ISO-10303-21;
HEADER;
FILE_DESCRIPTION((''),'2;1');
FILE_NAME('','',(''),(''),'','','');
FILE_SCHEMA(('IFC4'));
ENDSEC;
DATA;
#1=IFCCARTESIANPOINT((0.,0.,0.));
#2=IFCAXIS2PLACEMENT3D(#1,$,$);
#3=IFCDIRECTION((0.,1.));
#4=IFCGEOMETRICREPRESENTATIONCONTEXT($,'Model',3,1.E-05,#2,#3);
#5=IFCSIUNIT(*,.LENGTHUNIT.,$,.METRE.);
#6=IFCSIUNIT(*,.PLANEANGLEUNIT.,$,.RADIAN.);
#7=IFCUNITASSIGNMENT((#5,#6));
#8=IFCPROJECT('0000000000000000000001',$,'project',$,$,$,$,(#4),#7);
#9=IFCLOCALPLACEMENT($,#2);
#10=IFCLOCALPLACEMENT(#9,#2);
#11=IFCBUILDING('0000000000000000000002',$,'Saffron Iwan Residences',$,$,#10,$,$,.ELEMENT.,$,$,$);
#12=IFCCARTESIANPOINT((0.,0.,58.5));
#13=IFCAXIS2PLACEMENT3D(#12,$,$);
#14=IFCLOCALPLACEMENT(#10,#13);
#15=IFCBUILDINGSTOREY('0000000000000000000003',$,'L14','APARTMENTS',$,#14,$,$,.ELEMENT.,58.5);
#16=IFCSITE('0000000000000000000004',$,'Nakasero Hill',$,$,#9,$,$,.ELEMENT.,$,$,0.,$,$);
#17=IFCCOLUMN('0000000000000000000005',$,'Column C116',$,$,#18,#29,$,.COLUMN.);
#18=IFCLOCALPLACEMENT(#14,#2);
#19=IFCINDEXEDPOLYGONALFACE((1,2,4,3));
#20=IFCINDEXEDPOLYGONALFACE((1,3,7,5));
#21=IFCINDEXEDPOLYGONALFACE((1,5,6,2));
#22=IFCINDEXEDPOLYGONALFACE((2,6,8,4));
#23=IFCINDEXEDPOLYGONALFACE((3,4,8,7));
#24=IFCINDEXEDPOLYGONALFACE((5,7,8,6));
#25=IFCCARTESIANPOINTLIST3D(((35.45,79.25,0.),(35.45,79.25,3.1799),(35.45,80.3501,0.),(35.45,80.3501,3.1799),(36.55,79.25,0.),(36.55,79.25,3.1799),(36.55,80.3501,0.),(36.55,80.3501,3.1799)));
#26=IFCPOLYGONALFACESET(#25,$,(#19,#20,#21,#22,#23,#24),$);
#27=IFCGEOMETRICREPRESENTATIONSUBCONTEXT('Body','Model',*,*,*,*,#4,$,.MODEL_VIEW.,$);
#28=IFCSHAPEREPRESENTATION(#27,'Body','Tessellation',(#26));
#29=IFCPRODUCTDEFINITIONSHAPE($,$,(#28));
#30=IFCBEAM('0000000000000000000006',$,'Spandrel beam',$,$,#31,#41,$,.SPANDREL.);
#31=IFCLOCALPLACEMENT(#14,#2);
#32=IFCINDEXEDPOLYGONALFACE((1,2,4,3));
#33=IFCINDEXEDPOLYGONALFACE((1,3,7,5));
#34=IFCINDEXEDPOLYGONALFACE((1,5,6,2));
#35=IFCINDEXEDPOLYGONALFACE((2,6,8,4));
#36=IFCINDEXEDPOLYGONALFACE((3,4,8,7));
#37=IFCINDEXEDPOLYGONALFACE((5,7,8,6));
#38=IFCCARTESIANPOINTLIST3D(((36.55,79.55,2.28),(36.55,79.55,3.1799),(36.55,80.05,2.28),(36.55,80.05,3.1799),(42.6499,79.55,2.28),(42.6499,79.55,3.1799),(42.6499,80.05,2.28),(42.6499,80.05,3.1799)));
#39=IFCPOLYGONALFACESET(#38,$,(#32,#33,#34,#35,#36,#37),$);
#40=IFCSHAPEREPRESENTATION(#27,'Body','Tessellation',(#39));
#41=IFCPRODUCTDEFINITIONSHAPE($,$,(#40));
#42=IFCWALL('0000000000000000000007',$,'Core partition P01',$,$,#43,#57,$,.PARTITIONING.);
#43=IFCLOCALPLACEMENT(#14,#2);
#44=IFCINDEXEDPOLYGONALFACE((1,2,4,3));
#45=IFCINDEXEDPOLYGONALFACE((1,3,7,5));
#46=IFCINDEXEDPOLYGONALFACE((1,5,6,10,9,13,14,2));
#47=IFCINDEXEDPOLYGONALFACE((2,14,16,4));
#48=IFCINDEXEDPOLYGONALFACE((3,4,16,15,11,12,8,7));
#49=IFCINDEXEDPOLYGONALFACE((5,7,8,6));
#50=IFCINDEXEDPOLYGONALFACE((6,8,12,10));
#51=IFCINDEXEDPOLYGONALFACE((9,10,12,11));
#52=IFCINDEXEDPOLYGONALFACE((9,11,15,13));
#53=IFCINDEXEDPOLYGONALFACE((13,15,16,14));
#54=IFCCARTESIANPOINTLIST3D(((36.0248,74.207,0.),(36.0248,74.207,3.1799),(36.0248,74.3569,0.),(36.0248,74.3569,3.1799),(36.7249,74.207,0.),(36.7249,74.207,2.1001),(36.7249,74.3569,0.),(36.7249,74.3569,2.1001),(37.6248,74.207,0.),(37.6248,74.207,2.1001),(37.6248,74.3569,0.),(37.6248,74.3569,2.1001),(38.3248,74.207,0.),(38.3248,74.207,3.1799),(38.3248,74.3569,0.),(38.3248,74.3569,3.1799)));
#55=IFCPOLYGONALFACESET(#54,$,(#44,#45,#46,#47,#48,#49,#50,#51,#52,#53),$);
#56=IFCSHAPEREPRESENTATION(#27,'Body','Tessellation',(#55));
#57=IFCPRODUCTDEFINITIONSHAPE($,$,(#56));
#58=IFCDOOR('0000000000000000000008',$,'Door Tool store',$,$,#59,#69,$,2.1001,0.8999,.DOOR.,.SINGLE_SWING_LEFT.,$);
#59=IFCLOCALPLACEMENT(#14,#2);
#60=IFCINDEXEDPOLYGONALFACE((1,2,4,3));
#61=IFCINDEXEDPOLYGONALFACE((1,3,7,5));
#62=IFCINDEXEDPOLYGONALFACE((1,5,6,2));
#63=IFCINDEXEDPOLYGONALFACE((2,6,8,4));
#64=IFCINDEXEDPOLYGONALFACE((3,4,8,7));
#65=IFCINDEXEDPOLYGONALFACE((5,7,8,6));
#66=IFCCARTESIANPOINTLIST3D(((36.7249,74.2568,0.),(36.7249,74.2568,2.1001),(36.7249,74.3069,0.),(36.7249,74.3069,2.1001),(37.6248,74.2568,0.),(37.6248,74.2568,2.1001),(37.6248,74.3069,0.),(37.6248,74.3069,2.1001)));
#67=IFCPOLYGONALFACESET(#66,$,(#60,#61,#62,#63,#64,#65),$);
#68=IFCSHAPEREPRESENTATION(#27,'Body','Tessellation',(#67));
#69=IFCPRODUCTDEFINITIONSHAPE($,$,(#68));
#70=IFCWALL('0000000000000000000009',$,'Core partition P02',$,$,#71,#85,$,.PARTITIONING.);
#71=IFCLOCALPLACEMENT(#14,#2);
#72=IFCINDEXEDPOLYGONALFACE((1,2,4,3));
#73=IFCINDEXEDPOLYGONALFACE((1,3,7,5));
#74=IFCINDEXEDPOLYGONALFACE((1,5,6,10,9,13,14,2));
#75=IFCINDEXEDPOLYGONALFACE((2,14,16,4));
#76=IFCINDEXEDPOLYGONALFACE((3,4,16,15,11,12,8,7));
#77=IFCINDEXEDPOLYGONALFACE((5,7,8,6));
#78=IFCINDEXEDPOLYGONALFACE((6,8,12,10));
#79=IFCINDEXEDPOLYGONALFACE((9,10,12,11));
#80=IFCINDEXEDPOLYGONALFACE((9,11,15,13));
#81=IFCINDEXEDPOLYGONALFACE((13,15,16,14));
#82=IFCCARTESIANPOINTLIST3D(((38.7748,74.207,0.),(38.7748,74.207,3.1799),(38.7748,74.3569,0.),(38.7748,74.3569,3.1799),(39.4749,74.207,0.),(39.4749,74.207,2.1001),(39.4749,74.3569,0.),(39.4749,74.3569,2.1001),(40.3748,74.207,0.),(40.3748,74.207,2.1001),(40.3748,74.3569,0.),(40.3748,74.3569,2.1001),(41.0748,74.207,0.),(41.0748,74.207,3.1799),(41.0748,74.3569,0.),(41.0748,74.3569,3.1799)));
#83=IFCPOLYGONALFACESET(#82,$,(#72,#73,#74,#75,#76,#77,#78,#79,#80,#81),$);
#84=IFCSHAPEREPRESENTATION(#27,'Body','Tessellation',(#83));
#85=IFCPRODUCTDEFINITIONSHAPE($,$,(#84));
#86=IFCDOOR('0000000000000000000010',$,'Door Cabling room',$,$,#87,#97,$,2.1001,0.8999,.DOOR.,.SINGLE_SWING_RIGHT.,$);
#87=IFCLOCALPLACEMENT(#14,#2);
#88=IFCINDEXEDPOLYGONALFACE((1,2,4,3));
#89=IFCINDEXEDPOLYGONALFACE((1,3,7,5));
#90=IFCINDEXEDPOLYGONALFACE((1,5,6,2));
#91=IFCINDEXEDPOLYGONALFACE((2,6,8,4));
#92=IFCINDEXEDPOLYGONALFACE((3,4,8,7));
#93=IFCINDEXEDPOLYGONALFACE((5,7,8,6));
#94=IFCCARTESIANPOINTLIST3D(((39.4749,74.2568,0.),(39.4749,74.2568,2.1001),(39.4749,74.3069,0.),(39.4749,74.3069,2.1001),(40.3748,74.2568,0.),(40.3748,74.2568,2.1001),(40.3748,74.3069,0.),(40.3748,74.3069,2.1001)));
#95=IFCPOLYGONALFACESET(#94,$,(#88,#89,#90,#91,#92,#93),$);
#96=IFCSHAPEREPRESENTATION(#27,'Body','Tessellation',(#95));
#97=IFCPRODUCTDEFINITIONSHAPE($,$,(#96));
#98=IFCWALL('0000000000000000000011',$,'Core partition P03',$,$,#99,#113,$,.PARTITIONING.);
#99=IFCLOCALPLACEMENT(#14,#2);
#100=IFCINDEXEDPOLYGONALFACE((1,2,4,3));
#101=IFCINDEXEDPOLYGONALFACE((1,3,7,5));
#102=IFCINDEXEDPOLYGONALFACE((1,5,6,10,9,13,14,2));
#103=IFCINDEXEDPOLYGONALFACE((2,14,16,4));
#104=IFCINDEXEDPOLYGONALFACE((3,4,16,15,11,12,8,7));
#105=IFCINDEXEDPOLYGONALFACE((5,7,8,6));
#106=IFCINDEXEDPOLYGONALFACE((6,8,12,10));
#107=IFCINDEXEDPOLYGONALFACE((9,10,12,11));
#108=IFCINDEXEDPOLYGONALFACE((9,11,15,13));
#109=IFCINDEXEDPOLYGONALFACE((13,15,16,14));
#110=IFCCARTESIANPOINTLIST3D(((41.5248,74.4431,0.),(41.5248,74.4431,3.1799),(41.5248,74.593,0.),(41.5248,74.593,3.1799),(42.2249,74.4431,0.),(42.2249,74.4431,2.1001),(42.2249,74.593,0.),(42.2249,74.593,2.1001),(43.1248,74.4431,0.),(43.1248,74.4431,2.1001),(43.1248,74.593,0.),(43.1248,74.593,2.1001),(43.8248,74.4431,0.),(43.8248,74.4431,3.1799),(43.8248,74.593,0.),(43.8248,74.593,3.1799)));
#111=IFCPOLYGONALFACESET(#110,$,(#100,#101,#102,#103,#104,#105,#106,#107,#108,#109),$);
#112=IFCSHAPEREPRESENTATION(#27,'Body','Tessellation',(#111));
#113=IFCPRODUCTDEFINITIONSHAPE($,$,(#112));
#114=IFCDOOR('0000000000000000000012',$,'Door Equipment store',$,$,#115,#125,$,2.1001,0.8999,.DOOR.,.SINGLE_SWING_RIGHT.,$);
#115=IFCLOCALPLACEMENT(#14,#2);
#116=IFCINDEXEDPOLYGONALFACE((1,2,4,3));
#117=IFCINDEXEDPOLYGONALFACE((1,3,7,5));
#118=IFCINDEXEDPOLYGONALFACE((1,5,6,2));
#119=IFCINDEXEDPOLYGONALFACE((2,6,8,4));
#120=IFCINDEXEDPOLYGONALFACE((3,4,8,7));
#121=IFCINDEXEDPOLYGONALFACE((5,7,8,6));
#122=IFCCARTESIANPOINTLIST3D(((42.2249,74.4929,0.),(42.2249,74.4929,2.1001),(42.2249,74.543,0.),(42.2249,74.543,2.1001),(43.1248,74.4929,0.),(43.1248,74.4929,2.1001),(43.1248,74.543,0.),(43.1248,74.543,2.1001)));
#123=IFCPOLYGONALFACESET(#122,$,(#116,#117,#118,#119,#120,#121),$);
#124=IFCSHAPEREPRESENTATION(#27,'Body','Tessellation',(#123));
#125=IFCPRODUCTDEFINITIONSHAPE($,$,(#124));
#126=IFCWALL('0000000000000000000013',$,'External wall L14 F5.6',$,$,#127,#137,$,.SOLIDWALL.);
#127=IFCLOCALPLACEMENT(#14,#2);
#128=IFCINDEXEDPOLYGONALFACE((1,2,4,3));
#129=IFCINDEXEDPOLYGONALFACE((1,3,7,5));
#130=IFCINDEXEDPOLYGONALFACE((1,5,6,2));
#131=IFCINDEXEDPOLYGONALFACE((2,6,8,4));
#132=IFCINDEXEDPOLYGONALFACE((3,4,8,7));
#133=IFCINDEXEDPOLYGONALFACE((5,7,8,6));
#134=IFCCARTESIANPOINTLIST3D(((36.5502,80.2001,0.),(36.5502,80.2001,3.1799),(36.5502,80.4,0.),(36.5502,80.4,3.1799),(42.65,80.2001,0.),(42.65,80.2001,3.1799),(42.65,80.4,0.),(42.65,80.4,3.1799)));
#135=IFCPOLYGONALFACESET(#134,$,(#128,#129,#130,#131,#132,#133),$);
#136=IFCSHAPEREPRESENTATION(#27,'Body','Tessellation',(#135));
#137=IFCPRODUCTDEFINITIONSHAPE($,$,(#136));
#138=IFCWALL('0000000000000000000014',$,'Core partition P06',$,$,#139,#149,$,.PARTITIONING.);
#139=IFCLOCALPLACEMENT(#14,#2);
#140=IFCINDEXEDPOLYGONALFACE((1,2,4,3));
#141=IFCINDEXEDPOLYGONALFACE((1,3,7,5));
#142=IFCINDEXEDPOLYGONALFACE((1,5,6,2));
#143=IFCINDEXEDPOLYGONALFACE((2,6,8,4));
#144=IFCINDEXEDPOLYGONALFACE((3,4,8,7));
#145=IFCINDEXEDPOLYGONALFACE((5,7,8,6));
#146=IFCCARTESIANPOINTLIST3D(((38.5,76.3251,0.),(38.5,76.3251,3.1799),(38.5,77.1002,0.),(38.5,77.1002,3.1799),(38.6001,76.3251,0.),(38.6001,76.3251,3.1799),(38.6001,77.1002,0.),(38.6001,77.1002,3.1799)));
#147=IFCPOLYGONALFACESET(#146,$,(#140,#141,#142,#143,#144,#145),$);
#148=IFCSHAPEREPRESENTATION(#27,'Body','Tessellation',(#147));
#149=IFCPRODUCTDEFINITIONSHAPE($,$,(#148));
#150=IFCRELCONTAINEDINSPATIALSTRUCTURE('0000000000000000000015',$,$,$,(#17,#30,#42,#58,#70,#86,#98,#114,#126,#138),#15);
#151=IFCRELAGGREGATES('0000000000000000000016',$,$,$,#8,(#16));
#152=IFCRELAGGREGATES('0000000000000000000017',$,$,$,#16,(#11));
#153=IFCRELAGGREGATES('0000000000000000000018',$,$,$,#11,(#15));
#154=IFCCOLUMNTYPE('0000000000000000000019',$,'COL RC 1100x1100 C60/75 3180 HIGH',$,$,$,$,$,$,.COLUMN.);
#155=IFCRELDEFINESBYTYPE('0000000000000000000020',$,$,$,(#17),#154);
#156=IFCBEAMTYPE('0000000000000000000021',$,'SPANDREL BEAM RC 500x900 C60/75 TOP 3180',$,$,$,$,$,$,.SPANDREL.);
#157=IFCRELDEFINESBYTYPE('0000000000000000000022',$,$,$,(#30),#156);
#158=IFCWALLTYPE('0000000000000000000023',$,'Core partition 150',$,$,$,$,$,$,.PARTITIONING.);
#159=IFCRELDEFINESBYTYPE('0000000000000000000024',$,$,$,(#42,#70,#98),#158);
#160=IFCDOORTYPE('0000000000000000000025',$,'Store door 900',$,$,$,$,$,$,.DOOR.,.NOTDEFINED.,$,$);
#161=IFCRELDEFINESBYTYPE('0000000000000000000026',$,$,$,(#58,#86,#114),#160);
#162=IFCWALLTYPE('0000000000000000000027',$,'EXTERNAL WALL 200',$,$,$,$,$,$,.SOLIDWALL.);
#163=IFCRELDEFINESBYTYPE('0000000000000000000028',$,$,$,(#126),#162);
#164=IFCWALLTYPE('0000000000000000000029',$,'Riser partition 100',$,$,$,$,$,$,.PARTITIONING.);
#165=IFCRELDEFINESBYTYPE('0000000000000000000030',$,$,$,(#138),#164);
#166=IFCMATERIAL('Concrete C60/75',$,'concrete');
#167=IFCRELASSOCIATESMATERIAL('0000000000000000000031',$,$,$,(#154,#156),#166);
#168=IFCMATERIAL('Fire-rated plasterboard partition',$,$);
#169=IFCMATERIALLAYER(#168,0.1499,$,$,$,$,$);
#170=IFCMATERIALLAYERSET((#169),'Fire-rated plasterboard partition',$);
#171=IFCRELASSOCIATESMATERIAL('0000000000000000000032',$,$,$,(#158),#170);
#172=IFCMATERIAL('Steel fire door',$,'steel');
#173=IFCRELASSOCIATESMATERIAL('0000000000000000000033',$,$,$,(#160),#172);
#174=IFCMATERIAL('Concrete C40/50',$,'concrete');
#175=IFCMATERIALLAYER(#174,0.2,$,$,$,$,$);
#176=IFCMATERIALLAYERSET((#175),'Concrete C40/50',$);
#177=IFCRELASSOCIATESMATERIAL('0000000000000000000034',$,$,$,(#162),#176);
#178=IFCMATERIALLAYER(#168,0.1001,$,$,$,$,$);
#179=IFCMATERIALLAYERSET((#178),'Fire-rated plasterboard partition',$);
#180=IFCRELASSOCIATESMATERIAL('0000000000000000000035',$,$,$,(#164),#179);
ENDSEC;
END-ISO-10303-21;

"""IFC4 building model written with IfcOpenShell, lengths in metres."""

from ifc_helpers import new_model, si_unit, direction, frame, frame_2d, origin, origin_2d, place, context, subcontext, project, spatial, rectangle, extrude, source, transform, mapped, material, layer, layer_set, material_profile, profile_set, type_object, element, fill, save


model = new_model("IFC4")

# Units and contexts
model_context = context("Model", 3, precision=1e-05, world=origin(), true_north=direction((0.0, 1.0)))
body_context = subcontext(model_context, "Body", "Model", "MODEL_VIEW")
ifc_project = project(units=[si_unit("LENGTHUNIT", "METRE"), si_unit("PLANEANGLEUNIT", "RADIAN")], contexts=[model_context])

# Site, building, storey
site_placement = place(None, origin())
site = spatial("IfcSite", under=ifc_project, at=site_placement, Name="Nakasero Hill", CompositionType="ELEMENT", RefElevation=0.0)
building_placement = place(site_placement, origin())
building = spatial("IfcBuilding", under=site, at=building_placement, Name="Saffron Iwan Residences", CompositionType="ELEMENT")
storey_placement = place(building_placement, frame((0.0, 0.0, 58.5)))
storey = spatial("IfcBuildingStorey", under=building, at=storey_placement, Name="L14", Description="APARTMENTS", CompositionType="ELEMENT", Elevation=58.5)

# Column
ifc_material_1 = material(Name="Concrete C60/75", Category="concrete")
ifc_material_profile_1 = material_profile(ifc_material_1, rectangle(XDim=1.1001, YDim=1.1001, at=origin_2d()), Name="RC 1100x1100")
ifc_profile_set_1 = profile_set([ifc_material_profile_1], Name="Concrete C60/75")
column_type = type_object("IfcColumnType", Name="COL RC 1100x1100 C60/75 3180 HIGH", PredefinedType="COLUMN", material=ifc_profile_set_1)
shared_shape_1 = source(origin(), body_context, "Body", "SweptSolid", [
    extrude(rectangle(XDim=1.1001, YDim=1.1001, at=origin_2d()), origin(), (0.0, 0.0, 1.0), 3.1799),
])
column_placement = place(storey_placement, frame((36.0, 79.8, 0.0), z_axis=(0.0, 0.0, 1.0), x_axis=(1.0, 0.0, 0.0)))
element("IfcColumn", 1, at=column_placement, inside=storey, type_object=column_type, Name="Column C116", PredefinedType="COLUMN", context=body_context, shape_type="MappedRepresentation", body=[
    mapped(shared_shape_1, transform((0.0, 0.0, 0.0))),
])

# Beam
ifc_material_profile_2 = material_profile(ifc_material_1, rectangle(XDim=0.5, YDim=0.8999, at=origin_2d()), Name="RC 500x900")
ifc_profile_set_2 = profile_set([ifc_material_profile_2], Name="Concrete C60/75")
beam_type = type_object("IfcBeamType", Name="SPANDREL BEAM RC 500x900 C60/75 TOP 3180", PredefinedType="SPANDREL", material=ifc_profile_set_2)
shared_shape_2 = source(origin(), body_context, "Body", "SweptSolid", [
    extrude(rectangle(XDim=0.5, YDim=0.8999, at=origin_2d()), origin(), (0.0, 0.0, 1.0), 6.0999),
])
beam_placement = place(storey_placement, frame((36.55, 79.8, 2.73), z_axis=(1.0, 0.0, 0.0), x_axis=(0.0, 1.0, 0.0)))
element("IfcBeam", 2, at=beam_placement, inside=storey, type_object=beam_type, Name="Spandrel beam", PredefinedType="SPANDREL", context=body_context, shape_type="MappedRepresentation", body=[
    mapped(shared_shape_2, transform((0.0, 0.0, 0.0))),
])

# Walls, openings, doors
ifc_material_2 = material(Name="Fire-rated plasterboard partition")
ifc_layer_1 = layer(ifc_material_2, 0.1499)
ifc_layer_set_1 = layer_set([ifc_layer_1], Name="Fire-rated plasterboard partition")
wall_type_1 = type_object("IfcWallType", Name="Core partition 150", PredefinedType="PARTITIONING", material=ifc_layer_set_1)
wall_1_placement = place(storey_placement, frame((36.0249, 74.282, 0.0), z_axis=(0.0, 0.0, 1.0), x_axis=(1.0, 0.0, 0.0)))
wall_1 = element("IfcWall", 3, at=wall_1_placement, inside=storey, type_object=wall_type_1, Name="Core partition P01", PredefinedType="PARTITIONING", context=body_context, shape_type="SweptSolid", body=[
    extrude(rectangle(XDim=2.3, YDim=0.1499, at=frame_2d((1.1499, 0.0))), origin(), (0.0, 0.0, 1.0), 3.1799),
])
opening_1_placement = place(wall_1_placement, frame((0.7, 0.0, 0.0)))
opening_1 = element("IfcOpeningElement", 4, at=opening_1_placement, cuts=wall_1, PredefinedType="OPENING", context=body_context, shape_type="SweptSolid", body=[
    extrude(rectangle(XDim=0.8999, YDim=2.1001, at=frame_2d((0.45, 1.05))), frame((0.0, 0.085, 0.0), z_axis=(0.0, -1.0, 0.0), x_axis=(1.0, 0.0, 0.0)), (0.0, 0.0, 1.0), 0.1699),
])
ifc_material_3 = material(Name="Steel fire door", Category="steel")
door_type_1 = type_object("IfcDoorType", Name="Store door 900", OperationType="NOTDEFINED", PredefinedType="DOOR", material=ifc_material_3)
door_1_placement = place(opening_1_placement, origin())
door_1 = element("IfcDoor", 5, at=door_1_placement, inside=storey, type_object=door_type_1, Name="Door Tool store", OperationType="SINGLE_SWING_LEFT", OverallHeight=2.1001, OverallWidth=0.8999, PredefinedType="DOOR", context=body_context, shape_type="SweptSolid", body=[
    extrude(rectangle(XDim=0.8999, YDim=2.1001, at=frame_2d((0.45, 1.05))), frame((0.0, 0.0249, 0.0), z_axis=(0.0, -1.0, 0.0), x_axis=(1.0, 0.0, 0.0)), (0.0, 0.0, 1.0), 0.05),
])
fill(opening_1, door_1)
wall_2_placement = place(storey_placement, frame((38.7749, 74.282, 0.0), z_axis=(0.0, 0.0, 1.0), x_axis=(1.0, 0.0, 0.0)))
wall_2 = element("IfcWall", 6, at=wall_2_placement, inside=storey, type_object=wall_type_1, Name="Core partition P02", PredefinedType="PARTITIONING", context=body_context, shape_type="SweptSolid", body=[
    extrude(rectangle(XDim=2.3, YDim=0.1499, at=frame_2d((1.1499, 0.0))), origin(), (0.0, 0.0, 1.0), 3.1799),
])
opening_2_placement = place(wall_2_placement, frame((0.7, 0.0, 0.0)))
opening_2 = element("IfcOpeningElement", 7, at=opening_2_placement, cuts=wall_2, PredefinedType="OPENING", context=body_context, shape_type="SweptSolid", body=[
    extrude(rectangle(XDim=0.8999, YDim=2.1001, at=frame_2d((0.45, 1.05))), frame((0.0, 0.085, 0.0), z_axis=(0.0, -1.0, 0.0), x_axis=(1.0, 0.0, 0.0)), (0.0, 0.0, 1.0), 0.1699),
])
door_2_placement = place(opening_2_placement, origin())
door_2 = element("IfcDoor", 8, at=door_2_placement, inside=storey, type_object=door_type_1, Name="Door Cabling room", OperationType="SINGLE_SWING_RIGHT", OverallHeight=2.1001, OverallWidth=0.8999, PredefinedType="DOOR", context=body_context, shape_type="SweptSolid", body=[
    extrude(rectangle(XDim=0.8999, YDim=2.1001, at=frame_2d((0.45, 1.05))), frame((0.0, 0.0249, 0.0), z_axis=(0.0, -1.0, 0.0), x_axis=(1.0, 0.0, 0.0)), (0.0, 0.0, 1.0), 0.05),
])
fill(opening_2, door_2)
wall_3_placement = place(storey_placement, frame((41.5249, 74.5181, 0.0), z_axis=(0.0, 0.0, 1.0), x_axis=(1.0, 0.0, 0.0)))
wall_3 = element("IfcWall", 9, at=wall_3_placement, inside=storey, type_object=wall_type_1, Name="Core partition P03", PredefinedType="PARTITIONING", context=body_context, shape_type="SweptSolid", body=[
    extrude(rectangle(XDim=2.3, YDim=0.1499, at=frame_2d((1.1499, 0.0))), origin(), (0.0, 0.0, 1.0), 3.1799),
])
opening_3_placement = place(wall_3_placement, frame((0.7, 0.0, 0.0)))
opening_3 = element("IfcOpeningElement", 10, at=opening_3_placement, cuts=wall_3, PredefinedType="OPENING", context=body_context, shape_type="SweptSolid", body=[
    extrude(rectangle(XDim=0.8999, YDim=2.1001, at=frame_2d((0.45, 1.05))), frame((0.0, 0.085, 0.0), z_axis=(0.0, -1.0, 0.0), x_axis=(1.0, 0.0, 0.0)), (0.0, 0.0, 1.0), 0.1699),
])
door_3_placement = place(opening_3_placement, origin())
door_3 = element("IfcDoor", 11, at=door_3_placement, inside=storey, type_object=door_type_1, Name="Door Equipment store", OperationType="SINGLE_SWING_RIGHT", OverallHeight=2.1001, OverallWidth=0.8999, PredefinedType="DOOR", context=body_context, shape_type="SweptSolid", body=[
    extrude(rectangle(XDim=0.8999, YDim=2.1001, at=frame_2d((0.45, 1.05))), frame((0.0, 0.0249, 0.0), z_axis=(0.0, -1.0, 0.0), x_axis=(1.0, 0.0, 0.0)), (0.0, 0.0, 1.0), 0.05),
])
fill(opening_3, door_3)

# Walls
ifc_material_4 = material(Name="Concrete C40/50", Category="concrete")
ifc_layer_2 = layer(ifc_material_4, 0.2)
ifc_layer_set_2 = layer_set([ifc_layer_2], Name="Concrete C40/50")
wall_type_2 = type_object("IfcWallType", Name="EXTERNAL WALL 200", PredefinedType="SOLIDWALL", material=ifc_layer_set_2)
wall_4_placement = place(storey_placement, frame((42.6499, 80.3, 0.0), z_axis=(0.0, 0.0, 1.0), x_axis=(-1.0, 0.0, 0.0)))
element("IfcWall", 12, at=wall_4_placement, inside=storey, type_object=wall_type_2, Name="External wall L14 F5.6", PredefinedType="SOLIDWALL", context=body_context, shape_type="SweptSolid", body=[
    extrude(rectangle(XDim=6.0999, YDim=0.2, at=frame_2d((3.0498, 0.0))), origin(), (0.0, 0.0, 1.0), 3.1799),
])
ifc_layer_3 = layer(ifc_material_2, 0.1001)
ifc_layer_set_3 = layer_set([ifc_layer_3], Name="Fire-rated plasterboard partition")
wall_type_3 = type_object("IfcWallType", Name="Riser partition 100", PredefinedType="PARTITIONING", material=ifc_layer_set_3)
wall_5_placement = place(storey_placement, frame((38.55, 76.325, 0.0), z_axis=(0.0, 0.0, 1.0), x_axis=(0.0, 1.0, 0.0)))
element("IfcWall", 13, at=wall_5_placement, inside=storey, type_object=wall_type_3, Name="Core partition P06", PredefinedType="PARTITIONING", context=body_context, shape_type="SweptSolid", body=[
    extrude(rectangle(XDim=0.7751, YDim=0.1001, at=frame_2d((0.3877, 0.0))), origin(), (0.0, 0.0, 1.0), 3.1799),
])

save(model, "model.ifc")
